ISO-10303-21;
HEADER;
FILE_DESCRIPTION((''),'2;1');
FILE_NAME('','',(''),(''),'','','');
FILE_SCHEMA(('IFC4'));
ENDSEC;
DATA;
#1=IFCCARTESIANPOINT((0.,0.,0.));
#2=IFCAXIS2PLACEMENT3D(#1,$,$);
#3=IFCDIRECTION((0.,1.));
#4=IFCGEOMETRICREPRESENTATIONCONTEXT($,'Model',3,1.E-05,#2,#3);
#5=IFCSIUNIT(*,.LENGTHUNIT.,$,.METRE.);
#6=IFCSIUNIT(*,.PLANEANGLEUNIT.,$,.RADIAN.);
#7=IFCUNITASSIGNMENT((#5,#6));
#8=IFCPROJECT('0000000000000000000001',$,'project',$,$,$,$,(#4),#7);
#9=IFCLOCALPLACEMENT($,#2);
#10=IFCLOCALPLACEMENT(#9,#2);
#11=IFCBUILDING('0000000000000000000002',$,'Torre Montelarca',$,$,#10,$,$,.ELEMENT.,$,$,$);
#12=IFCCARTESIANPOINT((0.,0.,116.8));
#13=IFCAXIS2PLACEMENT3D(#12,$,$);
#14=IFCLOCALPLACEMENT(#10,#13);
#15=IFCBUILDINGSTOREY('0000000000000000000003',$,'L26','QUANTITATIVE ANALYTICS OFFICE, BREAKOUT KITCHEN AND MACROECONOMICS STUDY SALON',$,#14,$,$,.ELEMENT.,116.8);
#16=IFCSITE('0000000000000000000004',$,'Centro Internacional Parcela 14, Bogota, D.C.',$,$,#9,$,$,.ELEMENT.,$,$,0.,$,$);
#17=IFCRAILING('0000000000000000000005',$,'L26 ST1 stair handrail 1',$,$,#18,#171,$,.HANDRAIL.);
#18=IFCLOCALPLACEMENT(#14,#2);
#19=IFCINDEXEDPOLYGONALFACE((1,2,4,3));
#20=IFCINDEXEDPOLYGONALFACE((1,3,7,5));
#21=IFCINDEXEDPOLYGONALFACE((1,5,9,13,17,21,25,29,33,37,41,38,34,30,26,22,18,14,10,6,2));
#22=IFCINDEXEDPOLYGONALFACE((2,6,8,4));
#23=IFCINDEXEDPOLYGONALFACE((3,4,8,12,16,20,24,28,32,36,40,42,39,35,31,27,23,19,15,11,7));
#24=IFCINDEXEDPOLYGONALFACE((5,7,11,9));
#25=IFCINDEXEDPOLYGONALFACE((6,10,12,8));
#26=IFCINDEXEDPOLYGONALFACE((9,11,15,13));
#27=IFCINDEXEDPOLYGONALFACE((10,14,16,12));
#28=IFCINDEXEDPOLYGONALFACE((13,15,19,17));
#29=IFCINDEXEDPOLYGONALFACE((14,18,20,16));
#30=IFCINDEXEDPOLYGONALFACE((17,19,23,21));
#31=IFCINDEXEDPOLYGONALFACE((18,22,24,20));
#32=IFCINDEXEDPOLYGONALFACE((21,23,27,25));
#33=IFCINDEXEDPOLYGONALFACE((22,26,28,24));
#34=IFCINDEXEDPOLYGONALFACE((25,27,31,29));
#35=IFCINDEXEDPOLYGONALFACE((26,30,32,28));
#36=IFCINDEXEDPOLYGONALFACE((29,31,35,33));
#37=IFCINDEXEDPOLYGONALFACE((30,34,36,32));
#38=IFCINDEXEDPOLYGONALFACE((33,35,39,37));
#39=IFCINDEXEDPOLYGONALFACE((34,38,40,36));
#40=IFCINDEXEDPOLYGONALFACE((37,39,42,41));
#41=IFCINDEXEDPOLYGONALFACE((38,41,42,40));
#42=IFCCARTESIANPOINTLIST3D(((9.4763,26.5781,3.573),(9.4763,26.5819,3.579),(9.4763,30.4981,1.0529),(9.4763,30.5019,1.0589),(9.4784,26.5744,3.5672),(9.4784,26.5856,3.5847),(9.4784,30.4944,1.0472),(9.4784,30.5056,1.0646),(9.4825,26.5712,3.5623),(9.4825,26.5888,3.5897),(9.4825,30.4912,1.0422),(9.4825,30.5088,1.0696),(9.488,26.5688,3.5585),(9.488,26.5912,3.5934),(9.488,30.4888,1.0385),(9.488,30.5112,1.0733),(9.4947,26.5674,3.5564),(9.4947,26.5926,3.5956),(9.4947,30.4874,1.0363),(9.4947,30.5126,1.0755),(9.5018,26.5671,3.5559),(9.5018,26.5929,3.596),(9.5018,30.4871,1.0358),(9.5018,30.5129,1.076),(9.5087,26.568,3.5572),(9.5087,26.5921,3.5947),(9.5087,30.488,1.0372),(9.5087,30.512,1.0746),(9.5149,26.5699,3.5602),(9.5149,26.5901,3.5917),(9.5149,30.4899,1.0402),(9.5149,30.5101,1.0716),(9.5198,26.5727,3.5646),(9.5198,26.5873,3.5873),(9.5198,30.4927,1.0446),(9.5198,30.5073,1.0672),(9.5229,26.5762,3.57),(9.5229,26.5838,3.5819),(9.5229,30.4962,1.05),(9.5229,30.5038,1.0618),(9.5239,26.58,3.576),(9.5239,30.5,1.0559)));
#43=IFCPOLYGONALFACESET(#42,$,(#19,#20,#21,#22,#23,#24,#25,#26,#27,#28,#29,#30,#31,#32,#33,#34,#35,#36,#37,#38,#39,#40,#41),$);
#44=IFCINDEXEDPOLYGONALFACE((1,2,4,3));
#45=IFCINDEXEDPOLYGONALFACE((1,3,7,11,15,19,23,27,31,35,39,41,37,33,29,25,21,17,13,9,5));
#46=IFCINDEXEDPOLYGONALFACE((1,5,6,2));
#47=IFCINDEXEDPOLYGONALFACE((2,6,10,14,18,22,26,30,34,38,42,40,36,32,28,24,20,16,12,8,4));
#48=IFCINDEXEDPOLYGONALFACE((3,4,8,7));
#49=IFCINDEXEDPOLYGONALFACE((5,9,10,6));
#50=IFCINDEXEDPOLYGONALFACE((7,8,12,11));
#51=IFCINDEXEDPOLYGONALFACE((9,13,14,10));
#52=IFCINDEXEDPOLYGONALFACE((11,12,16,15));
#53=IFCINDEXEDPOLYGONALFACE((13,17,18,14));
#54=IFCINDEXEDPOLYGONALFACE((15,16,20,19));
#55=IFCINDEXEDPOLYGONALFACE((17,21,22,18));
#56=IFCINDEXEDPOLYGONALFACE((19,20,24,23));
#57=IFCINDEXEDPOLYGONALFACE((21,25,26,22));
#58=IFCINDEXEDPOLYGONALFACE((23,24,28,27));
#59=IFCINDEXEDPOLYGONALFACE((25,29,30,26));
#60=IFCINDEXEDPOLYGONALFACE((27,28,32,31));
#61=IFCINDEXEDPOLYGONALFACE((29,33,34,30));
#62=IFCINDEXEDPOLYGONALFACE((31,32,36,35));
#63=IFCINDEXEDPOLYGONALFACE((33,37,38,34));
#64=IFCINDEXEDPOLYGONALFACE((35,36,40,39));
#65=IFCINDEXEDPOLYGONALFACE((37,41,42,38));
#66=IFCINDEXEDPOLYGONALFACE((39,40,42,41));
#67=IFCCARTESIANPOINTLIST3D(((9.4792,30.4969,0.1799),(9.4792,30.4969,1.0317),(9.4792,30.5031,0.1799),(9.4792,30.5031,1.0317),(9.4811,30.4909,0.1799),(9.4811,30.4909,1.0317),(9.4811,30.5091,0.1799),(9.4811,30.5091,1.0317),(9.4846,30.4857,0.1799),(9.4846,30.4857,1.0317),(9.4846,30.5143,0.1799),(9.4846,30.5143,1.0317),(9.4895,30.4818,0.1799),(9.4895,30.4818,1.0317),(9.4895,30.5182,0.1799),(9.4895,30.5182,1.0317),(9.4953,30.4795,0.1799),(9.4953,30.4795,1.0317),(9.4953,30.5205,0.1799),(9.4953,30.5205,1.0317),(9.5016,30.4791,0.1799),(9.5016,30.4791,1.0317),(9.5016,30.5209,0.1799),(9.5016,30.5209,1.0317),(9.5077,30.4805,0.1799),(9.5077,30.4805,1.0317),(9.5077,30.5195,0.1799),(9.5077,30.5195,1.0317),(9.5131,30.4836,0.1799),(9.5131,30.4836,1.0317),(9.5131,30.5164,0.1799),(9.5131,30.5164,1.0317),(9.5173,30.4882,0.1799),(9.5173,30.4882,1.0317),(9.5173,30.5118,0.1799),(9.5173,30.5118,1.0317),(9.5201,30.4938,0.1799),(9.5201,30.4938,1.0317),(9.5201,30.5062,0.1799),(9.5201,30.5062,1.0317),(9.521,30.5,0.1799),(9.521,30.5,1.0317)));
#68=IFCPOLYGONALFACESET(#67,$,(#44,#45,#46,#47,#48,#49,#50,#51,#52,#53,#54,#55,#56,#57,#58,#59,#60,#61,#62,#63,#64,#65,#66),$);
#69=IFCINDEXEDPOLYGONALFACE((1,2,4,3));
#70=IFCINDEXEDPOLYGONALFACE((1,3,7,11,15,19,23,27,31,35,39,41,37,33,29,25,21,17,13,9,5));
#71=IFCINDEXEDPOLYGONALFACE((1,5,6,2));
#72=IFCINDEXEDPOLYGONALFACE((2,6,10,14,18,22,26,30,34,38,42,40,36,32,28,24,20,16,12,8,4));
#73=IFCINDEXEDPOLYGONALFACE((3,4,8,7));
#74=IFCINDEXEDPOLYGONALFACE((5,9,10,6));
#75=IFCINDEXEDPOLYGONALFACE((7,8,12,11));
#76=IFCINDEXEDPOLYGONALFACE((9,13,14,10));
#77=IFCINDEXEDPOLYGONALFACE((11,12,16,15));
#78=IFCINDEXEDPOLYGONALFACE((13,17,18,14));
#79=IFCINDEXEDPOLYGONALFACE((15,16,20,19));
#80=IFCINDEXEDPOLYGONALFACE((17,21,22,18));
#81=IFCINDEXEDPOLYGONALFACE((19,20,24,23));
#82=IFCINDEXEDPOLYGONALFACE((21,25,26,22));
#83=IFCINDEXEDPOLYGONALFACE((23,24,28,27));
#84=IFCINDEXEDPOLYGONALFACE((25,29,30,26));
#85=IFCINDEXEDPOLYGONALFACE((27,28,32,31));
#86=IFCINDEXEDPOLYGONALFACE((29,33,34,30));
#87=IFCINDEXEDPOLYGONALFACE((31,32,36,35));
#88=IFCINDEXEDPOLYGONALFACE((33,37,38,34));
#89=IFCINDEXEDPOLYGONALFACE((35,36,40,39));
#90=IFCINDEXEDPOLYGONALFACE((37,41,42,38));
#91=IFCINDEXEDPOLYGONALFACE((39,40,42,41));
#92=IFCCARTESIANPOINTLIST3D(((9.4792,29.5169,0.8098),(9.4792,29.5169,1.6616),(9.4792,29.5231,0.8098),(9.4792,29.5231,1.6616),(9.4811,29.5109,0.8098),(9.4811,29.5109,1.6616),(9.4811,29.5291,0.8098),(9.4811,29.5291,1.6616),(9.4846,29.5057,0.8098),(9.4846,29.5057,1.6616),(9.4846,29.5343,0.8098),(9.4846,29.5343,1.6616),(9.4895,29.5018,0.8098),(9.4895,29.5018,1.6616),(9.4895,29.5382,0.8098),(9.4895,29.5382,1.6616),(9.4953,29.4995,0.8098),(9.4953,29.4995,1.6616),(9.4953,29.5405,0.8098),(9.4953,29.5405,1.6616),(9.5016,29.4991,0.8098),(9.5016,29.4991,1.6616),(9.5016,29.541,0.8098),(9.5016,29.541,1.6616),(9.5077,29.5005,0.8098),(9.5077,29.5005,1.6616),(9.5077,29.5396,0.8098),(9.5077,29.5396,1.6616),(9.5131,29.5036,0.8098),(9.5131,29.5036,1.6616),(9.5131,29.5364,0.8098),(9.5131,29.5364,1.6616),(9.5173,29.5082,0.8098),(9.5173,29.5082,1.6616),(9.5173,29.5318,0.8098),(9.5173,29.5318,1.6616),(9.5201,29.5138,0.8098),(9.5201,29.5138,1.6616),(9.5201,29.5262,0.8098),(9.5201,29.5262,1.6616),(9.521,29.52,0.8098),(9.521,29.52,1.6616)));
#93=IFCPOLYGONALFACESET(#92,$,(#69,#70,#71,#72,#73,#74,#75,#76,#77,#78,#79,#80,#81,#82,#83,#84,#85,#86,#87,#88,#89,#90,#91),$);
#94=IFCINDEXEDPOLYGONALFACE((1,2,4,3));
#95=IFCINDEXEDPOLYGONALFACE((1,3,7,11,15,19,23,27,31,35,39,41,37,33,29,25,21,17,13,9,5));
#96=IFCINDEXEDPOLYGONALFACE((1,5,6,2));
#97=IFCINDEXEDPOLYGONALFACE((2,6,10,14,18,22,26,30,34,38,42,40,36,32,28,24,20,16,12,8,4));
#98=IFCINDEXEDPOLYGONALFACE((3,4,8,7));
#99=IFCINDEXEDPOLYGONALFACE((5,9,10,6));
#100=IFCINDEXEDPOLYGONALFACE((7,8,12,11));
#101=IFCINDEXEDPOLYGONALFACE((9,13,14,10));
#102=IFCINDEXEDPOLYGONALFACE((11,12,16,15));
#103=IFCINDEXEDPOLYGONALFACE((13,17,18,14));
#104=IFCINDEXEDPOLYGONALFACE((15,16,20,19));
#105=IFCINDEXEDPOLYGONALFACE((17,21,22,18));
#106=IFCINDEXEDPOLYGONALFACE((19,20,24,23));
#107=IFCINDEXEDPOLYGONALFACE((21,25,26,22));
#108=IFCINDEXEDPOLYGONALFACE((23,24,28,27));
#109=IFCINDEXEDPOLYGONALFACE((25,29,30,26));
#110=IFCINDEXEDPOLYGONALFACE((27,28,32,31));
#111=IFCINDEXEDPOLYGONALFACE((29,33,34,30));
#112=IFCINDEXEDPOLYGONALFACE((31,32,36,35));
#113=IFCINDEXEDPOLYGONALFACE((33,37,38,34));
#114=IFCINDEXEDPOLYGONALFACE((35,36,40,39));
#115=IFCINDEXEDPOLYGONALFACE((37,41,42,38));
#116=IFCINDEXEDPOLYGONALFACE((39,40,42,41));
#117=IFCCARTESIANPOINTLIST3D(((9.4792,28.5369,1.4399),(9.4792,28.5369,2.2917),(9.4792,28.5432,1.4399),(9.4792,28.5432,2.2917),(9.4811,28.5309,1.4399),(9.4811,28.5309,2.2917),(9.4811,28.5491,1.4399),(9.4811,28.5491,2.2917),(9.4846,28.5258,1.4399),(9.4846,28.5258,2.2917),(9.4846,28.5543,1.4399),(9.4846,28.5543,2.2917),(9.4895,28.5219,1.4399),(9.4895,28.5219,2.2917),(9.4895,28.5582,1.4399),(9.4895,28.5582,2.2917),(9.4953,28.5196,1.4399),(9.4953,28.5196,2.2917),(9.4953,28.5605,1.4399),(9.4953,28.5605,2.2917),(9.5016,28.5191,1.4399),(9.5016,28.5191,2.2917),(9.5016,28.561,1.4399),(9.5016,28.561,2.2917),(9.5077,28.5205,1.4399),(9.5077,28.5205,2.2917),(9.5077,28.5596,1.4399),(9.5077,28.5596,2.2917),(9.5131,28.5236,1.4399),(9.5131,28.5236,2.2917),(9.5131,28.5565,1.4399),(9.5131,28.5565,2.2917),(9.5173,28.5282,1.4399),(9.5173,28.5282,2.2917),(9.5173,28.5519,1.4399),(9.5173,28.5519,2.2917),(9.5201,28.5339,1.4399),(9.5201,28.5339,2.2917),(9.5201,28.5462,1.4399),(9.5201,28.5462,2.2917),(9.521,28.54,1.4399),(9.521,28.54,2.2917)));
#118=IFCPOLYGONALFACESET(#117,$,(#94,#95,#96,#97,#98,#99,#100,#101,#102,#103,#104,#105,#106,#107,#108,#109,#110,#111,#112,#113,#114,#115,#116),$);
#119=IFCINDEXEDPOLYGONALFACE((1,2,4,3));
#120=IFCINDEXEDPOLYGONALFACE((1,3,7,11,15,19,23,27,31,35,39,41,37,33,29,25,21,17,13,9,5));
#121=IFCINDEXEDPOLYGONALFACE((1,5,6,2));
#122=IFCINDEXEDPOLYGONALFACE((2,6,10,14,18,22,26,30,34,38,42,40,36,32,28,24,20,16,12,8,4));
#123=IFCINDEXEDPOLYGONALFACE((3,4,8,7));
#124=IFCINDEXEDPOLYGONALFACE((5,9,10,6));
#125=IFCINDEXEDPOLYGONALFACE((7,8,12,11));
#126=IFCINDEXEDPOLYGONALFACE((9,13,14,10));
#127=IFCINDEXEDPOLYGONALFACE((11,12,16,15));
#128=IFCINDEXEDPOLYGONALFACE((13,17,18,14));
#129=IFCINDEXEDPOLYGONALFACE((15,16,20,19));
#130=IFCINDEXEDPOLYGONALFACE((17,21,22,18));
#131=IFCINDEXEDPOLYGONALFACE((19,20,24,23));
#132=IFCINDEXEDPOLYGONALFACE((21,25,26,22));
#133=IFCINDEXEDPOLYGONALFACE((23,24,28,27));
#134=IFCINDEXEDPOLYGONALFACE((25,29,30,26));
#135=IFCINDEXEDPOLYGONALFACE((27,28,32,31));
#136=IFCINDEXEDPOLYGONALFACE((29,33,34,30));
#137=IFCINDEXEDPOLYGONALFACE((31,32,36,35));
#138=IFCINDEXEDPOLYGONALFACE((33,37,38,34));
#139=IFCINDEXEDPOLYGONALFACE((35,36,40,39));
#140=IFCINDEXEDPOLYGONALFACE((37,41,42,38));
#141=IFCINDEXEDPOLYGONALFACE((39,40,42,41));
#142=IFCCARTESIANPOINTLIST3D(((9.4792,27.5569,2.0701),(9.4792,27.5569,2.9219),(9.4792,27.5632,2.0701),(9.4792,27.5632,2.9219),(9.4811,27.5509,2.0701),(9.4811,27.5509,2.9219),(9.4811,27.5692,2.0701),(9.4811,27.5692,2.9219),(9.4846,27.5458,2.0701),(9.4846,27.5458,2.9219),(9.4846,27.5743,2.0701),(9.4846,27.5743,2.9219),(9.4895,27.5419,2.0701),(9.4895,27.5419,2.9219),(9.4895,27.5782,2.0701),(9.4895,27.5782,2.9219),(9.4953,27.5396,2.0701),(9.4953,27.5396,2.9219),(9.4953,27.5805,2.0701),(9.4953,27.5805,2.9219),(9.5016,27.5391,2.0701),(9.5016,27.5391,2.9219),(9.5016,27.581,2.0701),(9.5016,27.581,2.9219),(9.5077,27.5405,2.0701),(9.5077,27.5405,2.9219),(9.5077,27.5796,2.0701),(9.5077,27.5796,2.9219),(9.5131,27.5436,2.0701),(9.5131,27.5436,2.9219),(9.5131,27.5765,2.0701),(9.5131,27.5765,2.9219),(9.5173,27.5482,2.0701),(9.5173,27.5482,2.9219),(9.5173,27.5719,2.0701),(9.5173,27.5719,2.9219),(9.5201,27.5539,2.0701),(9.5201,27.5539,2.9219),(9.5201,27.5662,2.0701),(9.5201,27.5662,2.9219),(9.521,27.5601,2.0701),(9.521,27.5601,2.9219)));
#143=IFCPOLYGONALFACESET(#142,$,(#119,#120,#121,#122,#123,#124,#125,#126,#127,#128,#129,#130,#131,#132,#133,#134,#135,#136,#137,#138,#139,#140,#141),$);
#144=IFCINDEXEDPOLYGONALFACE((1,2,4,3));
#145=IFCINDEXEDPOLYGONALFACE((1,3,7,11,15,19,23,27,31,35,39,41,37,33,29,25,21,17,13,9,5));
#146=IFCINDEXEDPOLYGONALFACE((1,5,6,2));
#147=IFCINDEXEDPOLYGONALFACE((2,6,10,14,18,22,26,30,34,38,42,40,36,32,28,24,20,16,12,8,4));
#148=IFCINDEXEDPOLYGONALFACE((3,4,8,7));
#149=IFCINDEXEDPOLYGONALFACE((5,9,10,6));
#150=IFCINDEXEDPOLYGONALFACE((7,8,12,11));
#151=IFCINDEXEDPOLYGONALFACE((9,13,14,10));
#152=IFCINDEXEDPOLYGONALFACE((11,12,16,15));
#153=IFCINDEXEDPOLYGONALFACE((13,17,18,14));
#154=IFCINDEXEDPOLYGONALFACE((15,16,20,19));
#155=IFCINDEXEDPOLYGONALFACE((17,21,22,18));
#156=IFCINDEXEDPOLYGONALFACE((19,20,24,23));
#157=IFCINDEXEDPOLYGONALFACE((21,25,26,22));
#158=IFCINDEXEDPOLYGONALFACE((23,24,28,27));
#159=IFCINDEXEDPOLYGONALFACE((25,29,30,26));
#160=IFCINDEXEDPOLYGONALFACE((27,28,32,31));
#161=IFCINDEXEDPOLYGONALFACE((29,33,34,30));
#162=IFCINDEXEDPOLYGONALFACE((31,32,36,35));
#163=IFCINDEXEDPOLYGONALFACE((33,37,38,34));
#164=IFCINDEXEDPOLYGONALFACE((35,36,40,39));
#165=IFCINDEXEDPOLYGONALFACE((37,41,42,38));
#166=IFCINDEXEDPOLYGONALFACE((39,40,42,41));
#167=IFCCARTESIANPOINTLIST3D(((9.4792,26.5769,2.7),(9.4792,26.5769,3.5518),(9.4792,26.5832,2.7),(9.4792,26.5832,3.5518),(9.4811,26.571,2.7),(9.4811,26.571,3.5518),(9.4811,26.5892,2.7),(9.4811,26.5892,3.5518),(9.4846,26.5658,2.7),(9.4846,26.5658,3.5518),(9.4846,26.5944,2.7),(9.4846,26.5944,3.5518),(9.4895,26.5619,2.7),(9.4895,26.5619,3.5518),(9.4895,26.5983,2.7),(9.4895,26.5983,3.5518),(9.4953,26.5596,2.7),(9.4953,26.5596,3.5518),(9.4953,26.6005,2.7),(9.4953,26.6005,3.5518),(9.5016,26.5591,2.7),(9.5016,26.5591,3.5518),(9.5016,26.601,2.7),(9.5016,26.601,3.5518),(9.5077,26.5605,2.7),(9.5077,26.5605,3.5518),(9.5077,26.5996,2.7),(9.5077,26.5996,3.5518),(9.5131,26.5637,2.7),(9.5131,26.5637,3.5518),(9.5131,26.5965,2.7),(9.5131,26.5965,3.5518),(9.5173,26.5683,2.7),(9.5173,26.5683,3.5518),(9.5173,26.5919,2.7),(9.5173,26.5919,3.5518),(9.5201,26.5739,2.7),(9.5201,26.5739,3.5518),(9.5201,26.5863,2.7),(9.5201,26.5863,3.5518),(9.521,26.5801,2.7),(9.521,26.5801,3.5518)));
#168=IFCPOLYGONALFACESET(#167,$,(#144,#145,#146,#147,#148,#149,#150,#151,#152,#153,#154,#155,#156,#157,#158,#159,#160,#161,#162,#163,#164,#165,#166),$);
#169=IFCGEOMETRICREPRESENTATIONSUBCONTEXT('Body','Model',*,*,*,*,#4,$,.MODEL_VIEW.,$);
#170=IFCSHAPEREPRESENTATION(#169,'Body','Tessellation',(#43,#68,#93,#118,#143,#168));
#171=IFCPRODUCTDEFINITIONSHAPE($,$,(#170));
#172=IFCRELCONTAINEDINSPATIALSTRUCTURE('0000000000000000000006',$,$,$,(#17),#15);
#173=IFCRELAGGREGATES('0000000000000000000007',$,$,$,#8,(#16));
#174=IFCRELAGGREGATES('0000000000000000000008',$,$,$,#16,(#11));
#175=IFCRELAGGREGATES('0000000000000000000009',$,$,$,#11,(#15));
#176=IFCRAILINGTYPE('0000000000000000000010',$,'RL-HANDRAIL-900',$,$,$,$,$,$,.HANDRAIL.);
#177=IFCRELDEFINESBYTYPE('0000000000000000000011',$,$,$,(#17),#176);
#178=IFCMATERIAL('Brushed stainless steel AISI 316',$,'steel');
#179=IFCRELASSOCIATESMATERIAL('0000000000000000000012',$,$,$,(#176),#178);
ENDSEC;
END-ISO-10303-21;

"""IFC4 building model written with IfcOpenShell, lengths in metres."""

from ifc_helpers import new_model, si_unit, direction, frame, origin, origin_2d, place, context, subcontext, project, spatial, circle, extrude, material, type_object, element, save


model = new_model("IFC4")

# Units and contexts
model_context = context("Model", 3, precision=1e-05, world=origin(), true_north=direction((0.0, 1.0)))
body_context = subcontext(model_context, "Body", "Model", "MODEL_VIEW")
ifc_project = project(units=[si_unit("LENGTHUNIT", "METRE"), si_unit("PLANEANGLEUNIT", "RADIAN")], contexts=[model_context])

# Site, building, storey
site_placement = place(None, origin())
site = spatial("IfcSite", under=ifc_project, at=site_placement, Name="Centro Internacional Parcela 14, Bogota, D.C.", CompositionType="ELEMENT", RefElevation=0.0)
building_placement = place(site_placement, origin())
building = spatial("IfcBuilding", under=site, at=building_placement, Name="Torre Montelarca", CompositionType="ELEMENT")
storey_placement = place(building_placement, frame((0.0, 0.0, 116.8)))
storey = spatial("IfcBuildingStorey", under=building, at=storey_placement, Name="L26", Description="QUANTITATIVE ANALYTICS OFFICE, BREAKOUT KITCHEN AND MACROECONOMICS STUDY SALON", CompositionType="ELEMENT", Elevation=116.8)

# Shared definitions
ifc_material_1 = material(Name="Brushed stainless steel AISI 316", Category="steel")

# Railing
railing_type_1 = type_object("IfcRailingType", Name="RL-HANDRAIL-900", PredefinedType="HANDRAIL", material=ifc_material_1)
railing_1_placement = place(storey_placement, frame((9.5, 30.5, 0.1799)))
element("IfcRailing", 1, at=railing_1_placement, inside=storey, type_object=railing_type_1, Name="L26 ST1 stair handrail 1", PredefinedType="HANDRAIL", context=body_context, shape_type="SweptSolid", body=[
    extrude(circle(Radius=0.0239, at=origin_2d()), frame((0.0, 0.0, 0.876), z_axis=(0.0, -0.841172, 0.540768), x_axis=(1.0, 0.0, 0.0)), (0.0, 0.0, 1.0), 4.6602),
    extrude(circle(Radius=0.021, at=origin_2d()), origin(), (0.0, 0.0, 1.0), 0.8518),
    extrude(circle(Radius=0.021, at=origin_2d()), frame((0.0, -0.98, 0.6299)), (0.0, 0.0, 1.0), 0.8518),
    extrude(circle(Radius=0.021, at=origin_2d()), frame((0.0, -1.96, 1.26)), (0.0, 0.0, 1.0), 0.8518),
    extrude(circle(Radius=0.021, at=origin_2d()), frame((0.0, -2.9399, 1.8901)), (0.0, 0.0, 1.0), 0.8518),
    extrude(circle(Radius=0.021, at=origin_2d()), frame((0.0, -3.9199, 2.52)), (0.0, 0.0, 1.0), 0.8518),
])

save(model, "model.ifc")
